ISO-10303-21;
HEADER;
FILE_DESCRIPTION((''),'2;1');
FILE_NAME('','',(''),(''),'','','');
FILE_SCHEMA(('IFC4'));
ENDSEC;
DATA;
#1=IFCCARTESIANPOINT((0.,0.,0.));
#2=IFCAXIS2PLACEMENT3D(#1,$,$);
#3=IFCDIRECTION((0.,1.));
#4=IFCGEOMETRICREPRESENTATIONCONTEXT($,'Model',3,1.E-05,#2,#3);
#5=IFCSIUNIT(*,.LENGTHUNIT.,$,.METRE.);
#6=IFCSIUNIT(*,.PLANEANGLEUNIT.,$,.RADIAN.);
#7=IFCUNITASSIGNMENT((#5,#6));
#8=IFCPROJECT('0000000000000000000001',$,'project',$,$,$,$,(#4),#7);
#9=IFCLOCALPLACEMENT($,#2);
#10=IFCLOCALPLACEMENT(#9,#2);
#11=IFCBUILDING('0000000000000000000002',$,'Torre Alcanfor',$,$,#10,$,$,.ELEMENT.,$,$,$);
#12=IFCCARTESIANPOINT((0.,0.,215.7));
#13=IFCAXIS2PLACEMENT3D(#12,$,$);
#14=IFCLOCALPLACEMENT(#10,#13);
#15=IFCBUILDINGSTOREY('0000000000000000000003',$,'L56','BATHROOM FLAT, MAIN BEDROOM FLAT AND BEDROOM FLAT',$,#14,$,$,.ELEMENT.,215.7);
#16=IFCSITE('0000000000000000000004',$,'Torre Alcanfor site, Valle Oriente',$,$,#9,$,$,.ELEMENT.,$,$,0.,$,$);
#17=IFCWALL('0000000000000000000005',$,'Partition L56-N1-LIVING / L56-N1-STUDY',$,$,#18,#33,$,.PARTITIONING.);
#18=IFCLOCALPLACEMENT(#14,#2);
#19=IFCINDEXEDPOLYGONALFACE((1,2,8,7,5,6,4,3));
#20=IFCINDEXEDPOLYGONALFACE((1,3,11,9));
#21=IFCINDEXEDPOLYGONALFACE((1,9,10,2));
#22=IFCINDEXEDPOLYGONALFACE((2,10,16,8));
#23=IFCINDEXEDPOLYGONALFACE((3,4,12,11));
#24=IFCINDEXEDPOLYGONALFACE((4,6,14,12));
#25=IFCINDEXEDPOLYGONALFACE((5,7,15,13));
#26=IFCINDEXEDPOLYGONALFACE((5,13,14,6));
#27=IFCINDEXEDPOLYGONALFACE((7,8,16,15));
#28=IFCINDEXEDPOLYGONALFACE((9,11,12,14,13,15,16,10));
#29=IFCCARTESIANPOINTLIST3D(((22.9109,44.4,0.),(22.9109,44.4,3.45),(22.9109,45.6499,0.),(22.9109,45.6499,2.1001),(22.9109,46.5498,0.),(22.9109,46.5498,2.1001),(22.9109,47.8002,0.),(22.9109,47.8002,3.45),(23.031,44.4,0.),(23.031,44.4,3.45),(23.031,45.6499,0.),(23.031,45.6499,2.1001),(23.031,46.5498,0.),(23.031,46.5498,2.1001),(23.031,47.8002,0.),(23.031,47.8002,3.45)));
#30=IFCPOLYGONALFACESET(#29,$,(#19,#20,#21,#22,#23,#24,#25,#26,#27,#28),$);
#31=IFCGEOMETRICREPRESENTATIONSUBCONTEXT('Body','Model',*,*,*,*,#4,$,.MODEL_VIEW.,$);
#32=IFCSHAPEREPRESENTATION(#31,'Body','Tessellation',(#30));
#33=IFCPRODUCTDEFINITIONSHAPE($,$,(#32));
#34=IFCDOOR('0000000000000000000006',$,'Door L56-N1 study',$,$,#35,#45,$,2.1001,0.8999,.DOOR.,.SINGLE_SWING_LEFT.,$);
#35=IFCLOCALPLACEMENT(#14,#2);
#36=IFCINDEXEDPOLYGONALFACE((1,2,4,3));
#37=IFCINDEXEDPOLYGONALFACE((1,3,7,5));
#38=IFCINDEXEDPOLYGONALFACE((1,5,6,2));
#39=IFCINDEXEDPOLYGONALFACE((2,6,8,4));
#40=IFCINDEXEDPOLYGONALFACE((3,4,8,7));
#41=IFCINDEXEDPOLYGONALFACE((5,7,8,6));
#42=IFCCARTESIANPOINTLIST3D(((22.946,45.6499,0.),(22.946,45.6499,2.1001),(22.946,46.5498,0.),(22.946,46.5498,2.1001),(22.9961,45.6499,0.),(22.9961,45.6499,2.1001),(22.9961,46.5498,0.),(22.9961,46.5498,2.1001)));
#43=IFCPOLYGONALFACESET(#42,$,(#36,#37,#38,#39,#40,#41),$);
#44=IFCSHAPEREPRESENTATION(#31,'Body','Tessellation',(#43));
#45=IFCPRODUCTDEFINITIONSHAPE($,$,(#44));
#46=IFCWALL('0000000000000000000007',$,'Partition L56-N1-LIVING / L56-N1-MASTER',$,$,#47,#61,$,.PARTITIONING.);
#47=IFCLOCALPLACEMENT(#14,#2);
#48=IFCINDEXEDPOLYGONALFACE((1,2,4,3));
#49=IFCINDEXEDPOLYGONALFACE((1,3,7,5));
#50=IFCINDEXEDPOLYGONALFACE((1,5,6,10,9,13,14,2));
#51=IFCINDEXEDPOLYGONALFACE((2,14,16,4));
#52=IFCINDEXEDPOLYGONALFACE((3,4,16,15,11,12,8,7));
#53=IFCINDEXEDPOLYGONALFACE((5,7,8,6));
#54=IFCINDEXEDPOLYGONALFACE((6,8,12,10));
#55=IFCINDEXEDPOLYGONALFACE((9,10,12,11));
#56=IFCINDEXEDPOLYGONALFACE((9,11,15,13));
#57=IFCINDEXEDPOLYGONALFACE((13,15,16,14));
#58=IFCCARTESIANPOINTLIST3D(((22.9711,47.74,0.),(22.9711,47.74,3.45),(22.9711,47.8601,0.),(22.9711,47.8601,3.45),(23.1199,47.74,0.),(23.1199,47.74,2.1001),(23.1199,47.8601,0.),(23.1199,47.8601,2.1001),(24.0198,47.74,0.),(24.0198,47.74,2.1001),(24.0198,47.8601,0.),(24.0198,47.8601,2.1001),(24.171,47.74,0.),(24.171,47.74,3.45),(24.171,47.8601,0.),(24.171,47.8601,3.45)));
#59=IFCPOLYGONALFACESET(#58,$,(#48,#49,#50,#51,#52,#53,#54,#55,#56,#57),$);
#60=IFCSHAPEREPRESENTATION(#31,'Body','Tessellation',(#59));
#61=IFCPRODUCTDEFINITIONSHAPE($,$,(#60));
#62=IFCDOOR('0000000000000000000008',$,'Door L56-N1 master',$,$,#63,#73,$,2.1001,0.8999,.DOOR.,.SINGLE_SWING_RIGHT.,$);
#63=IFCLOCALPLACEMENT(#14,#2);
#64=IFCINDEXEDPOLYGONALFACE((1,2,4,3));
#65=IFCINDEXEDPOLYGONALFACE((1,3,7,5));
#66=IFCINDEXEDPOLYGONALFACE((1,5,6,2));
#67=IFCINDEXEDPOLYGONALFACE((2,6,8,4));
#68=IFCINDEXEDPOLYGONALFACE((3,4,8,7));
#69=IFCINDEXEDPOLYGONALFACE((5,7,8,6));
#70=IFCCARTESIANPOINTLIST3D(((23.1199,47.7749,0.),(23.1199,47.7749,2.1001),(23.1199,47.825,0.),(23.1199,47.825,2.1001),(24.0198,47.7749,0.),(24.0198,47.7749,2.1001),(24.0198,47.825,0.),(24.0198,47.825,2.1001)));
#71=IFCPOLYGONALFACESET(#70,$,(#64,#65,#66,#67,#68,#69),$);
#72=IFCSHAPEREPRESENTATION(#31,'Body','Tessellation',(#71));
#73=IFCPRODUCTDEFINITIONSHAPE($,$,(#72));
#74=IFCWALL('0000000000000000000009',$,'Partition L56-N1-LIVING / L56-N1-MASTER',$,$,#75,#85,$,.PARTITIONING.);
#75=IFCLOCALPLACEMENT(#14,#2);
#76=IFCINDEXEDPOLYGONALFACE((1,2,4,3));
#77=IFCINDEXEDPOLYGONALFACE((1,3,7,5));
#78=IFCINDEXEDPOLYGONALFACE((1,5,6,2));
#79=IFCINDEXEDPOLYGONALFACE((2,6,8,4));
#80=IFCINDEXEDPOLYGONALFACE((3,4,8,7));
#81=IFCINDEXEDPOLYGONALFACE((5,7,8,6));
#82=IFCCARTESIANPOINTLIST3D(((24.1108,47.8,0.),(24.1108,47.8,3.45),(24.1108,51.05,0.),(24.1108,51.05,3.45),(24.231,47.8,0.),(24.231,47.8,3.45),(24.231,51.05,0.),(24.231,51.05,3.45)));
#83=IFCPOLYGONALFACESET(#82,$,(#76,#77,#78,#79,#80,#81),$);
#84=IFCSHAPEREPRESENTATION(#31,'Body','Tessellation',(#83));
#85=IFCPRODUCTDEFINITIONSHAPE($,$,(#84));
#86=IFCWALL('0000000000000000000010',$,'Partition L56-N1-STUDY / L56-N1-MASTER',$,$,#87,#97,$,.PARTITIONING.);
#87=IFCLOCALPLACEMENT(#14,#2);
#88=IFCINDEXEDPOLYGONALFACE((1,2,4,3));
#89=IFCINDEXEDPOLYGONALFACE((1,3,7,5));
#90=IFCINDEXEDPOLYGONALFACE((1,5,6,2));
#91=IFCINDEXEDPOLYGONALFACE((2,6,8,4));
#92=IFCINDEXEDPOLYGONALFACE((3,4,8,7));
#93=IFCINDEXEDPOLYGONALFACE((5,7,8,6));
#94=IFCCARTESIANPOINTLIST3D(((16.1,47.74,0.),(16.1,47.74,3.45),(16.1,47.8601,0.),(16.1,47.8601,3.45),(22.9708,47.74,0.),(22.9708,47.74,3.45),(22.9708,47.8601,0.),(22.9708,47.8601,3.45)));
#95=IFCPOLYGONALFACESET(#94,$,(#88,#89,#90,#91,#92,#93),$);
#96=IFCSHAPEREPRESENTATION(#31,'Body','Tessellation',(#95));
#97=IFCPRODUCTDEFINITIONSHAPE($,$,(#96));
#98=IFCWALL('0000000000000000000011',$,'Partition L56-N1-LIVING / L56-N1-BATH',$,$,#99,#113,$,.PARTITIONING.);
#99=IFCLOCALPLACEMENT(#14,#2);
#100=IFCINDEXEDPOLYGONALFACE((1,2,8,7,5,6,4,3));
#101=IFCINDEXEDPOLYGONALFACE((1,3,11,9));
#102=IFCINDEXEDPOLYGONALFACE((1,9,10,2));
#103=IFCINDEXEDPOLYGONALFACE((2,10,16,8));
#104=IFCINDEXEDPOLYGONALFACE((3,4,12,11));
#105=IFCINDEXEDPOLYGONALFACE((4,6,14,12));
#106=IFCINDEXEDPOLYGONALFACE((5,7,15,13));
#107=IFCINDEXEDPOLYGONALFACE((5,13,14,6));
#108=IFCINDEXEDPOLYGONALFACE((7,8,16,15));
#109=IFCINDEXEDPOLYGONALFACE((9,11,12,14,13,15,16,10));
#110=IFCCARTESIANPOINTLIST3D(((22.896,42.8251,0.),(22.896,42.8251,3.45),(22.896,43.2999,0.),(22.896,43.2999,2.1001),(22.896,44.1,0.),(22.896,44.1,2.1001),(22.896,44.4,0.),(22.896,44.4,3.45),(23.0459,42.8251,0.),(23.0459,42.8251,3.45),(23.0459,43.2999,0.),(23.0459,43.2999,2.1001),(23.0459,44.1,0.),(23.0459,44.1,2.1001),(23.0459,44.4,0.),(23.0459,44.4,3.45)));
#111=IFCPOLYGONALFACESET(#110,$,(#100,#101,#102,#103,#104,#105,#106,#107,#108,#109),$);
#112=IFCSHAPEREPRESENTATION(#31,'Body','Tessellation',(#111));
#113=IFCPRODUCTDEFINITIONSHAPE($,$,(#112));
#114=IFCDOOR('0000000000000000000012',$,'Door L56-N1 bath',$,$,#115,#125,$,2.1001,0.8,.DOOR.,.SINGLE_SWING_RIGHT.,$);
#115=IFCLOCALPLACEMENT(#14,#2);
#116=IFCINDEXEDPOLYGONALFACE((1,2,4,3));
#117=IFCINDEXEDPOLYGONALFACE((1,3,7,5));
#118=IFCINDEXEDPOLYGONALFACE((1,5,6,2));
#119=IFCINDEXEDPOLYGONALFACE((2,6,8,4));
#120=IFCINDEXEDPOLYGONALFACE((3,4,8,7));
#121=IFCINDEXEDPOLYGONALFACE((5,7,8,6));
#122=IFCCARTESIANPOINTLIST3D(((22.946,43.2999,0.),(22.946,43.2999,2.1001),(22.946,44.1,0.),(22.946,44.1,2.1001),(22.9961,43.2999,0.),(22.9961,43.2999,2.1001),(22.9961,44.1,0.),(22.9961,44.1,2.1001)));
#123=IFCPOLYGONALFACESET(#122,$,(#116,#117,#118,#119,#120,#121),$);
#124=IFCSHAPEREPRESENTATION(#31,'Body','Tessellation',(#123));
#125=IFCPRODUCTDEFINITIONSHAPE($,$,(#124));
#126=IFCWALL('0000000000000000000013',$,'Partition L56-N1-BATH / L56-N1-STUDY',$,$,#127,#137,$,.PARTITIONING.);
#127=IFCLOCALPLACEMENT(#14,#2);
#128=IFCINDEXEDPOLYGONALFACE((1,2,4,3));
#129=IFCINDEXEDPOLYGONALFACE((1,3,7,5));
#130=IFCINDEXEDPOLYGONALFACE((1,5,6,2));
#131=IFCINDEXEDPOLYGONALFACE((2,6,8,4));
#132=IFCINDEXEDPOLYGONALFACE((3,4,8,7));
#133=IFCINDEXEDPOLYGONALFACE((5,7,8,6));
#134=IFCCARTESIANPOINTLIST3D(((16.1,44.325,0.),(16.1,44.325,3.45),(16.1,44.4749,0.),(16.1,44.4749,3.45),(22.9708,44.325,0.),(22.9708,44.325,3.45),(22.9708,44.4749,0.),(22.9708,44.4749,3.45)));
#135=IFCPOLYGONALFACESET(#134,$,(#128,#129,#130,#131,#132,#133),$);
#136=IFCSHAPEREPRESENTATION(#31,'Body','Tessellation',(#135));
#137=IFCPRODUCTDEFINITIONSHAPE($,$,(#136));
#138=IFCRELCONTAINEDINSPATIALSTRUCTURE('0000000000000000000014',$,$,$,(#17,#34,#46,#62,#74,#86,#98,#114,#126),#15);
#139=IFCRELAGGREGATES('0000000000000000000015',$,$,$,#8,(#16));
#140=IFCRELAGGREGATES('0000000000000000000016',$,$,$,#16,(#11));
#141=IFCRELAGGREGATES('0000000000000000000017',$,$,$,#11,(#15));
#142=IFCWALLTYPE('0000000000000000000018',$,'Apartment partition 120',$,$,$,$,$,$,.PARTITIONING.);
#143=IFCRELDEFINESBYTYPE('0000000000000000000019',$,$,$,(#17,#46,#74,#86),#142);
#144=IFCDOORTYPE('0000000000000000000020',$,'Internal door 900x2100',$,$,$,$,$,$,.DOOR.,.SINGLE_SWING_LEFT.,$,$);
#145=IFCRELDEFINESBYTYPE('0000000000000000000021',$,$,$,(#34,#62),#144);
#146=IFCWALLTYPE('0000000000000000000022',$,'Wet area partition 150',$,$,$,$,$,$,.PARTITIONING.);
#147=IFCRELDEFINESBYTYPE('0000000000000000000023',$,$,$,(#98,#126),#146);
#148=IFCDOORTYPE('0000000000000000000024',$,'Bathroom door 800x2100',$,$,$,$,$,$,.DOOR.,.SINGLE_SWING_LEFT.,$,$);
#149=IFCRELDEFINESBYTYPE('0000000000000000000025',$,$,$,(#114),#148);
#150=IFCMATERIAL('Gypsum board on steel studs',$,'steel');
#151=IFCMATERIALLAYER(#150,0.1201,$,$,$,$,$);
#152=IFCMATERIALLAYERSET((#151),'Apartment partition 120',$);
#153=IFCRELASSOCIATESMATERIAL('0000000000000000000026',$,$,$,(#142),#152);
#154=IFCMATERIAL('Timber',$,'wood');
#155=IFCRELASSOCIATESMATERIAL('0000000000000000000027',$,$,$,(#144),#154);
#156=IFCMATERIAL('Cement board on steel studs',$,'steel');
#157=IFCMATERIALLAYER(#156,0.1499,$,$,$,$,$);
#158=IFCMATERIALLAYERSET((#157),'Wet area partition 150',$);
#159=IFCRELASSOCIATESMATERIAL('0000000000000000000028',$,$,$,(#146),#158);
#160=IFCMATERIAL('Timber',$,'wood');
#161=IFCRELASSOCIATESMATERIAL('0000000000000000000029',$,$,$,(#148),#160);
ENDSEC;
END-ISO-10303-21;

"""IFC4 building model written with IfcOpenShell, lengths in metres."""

from ifc_helpers import new_model, si_unit, direction, frame, frame_2d, origin, place, context, subcontext, project, spatial, rectangle, extrude, material, layer, layer_set, type_object, element, fill, save


model = new_model("IFC4")

# Units and contexts
model_context = context("Model", 3, precision=1e-05, world=origin(), true_north=direction((0.0, 1.0)))
body_context = subcontext(model_context, "Body", "Model", "MODEL_VIEW")
ifc_project = project(units=[si_unit("LENGTHUNIT", "METRE"), si_unit("PLANEANGLEUNIT", "RADIAN")], contexts=[model_context])

# Site, building, storey
site_placement = place(None, origin())
site = spatial("IfcSite", under=ifc_project, at=site_placement, Name="Torre Alcanfor site, Valle Oriente", CompositionType="ELEMENT", RefElevation=0.0)
building_placement = place(site_placement, origin())
building = spatial("IfcBuilding", under=site, at=building_placement, Name="Torre Alcanfor", CompositionType="ELEMENT")
storey_placement = place(building_placement, frame((0.0, 0.0, 215.7)))
storey = spatial("IfcBuildingStorey", under=building, at=storey_placement, Name="L56", Description="BATHROOM FLAT, MAIN BEDROOM FLAT AND BEDROOM FLAT", CompositionType="ELEMENT", Elevation=215.7)

# Shared definitions
ifc_material_1 = material(Name="Gypsum board on steel studs", Category="steel")
ifc_layer_1 = layer(ifc_material_1, 0.1201)
ifc_layer_set_1 = layer_set([ifc_layer_1], Name="Apartment partition 120")
wall_type_1 = type_object("IfcWallType", Name="Apartment partition 120", PredefinedType="PARTITIONING", material=ifc_layer_set_1)
ifc_material_2 = material(Name="Timber", Category="wood")
door_type_1 = type_object("IfcDoorType", Name="Internal door 900x2100", OperationType="SINGLE_SWING_LEFT", PredefinedType="DOOR", material=ifc_material_2)

# Walls, openings, doors
wall_1_placement = place(storey_placement, frame((22.9709, 44.3999, 0.0), z_axis=(0.0, 0.0, 1.0), x_axis=(0.0, 1.0, 0.0)))
wall_1 = element("IfcWall", 1, at=wall_1_placement, inside=storey, type_object=wall_type_1, Name="Partition L56-N1-LIVING / L56-N1-STUDY", PredefinedType="PARTITIONING", context=body_context, shape_type="SweptSolid", body=[
    extrude(rectangle(XDim=3.4001, YDim=0.1201, at=frame_2d((1.7002, 0.0))), origin(), (0.0, 0.0, 1.0), 3.45),
])
opening_1_placement = place(wall_1_placement, frame((1.25, 0.0, 0.0)))
opening_1 = element("IfcOpeningElement", 2, at=opening_1_placement, cuts=wall_1, PredefinedType="OPENING", context=body_context, shape_type="SweptSolid", body=[
    extrude(rectangle(XDim=0.8999, YDim=2.1001, at=frame_2d((0.45, 1.05))), frame((0.0, 0.0701, 0.0), z_axis=(0.0, -1.0, 0.0), x_axis=(1.0, 0.0, 0.0)), (0.0, 0.0, 1.0), 0.1401),
])
door_1_placement = place(opening_1_placement, origin())
door_1 = element("IfcDoor", 3, at=door_1_placement, inside=storey, type_object=door_type_1, Name="Door L56-N1 study", OperationType="SINGLE_SWING_LEFT", OverallHeight=2.1001, OverallWidth=0.8999, PredefinedType="DOOR", context=body_context, shape_type="SweptSolid", body=[
    extrude(rectangle(XDim=0.8999, YDim=2.1001, at=frame_2d((0.45, 1.05))), frame((0.0, 0.0249, 0.0), z_axis=(0.0, -1.0, 0.0), x_axis=(1.0, 0.0, 0.0)), (0.0, 0.0, 1.0), 0.05),
])
fill(opening_1, door_1)
wall_2_placement = place(storey_placement, frame((22.9709, 47.8, 0.0), z_axis=(0.0, 0.0, 1.0), x_axis=(1.0, 0.0, 0.0)))
wall_2 = element("IfcWall", 4, at=wall_2_placement, inside=storey, type_object=wall_type_1, Name="Partition L56-N1-LIVING / L56-N1-MASTER", PredefinedType="PARTITIONING", context=body_context, shape_type="SweptSolid", body=[
    extrude(rectangle(XDim=1.2, YDim=0.1201, at=frame_2d((0.6001, 0.0))), origin(), (0.0, 0.0, 1.0), 3.45),
])
opening_2_placement = place(wall_2_placement, frame((0.1489, 0.0, 0.0)))
opening_2 = element("IfcOpeningElement", 5, at=opening_2_placement, cuts=wall_2, PredefinedType="OPENING", context=body_context, shape_type="SweptSolid", body=[
    extrude(rectangle(XDim=0.8999, YDim=2.1001, at=frame_2d((0.45, 1.05))), frame((0.0, 0.0701, 0.0), z_axis=(0.0, -1.0, 0.0), x_axis=(1.0, 0.0, 0.0)), (0.0, 0.0, 1.0), 0.1401),
])
door_2_placement = place(opening_2_placement, origin())
door_2 = element("IfcDoor", 6, at=door_2_placement, inside=storey, type_object=door_type_1, Name="Door L56-N1 master", OperationType="SINGLE_SWING_RIGHT", OverallHeight=2.1001, OverallWidth=0.8999, PredefinedType="DOOR", context=body_context, shape_type="SweptSolid", body=[
    extrude(rectangle(XDim=0.8999, YDim=2.1001, at=frame_2d((0.45, 1.05))), frame((0.0, 0.0249, 0.0), z_axis=(0.0, -1.0, 0.0), x_axis=(1.0, 0.0, 0.0)), (0.0, 0.0, 1.0), 0.05),
])
fill(opening_2, door_2)

# Walls
wall_3_placement = place(storey_placement, frame((24.1709, 47.8, 0.0), z_axis=(0.0, 0.0, 1.0), x_axis=(0.0, 1.0, 0.0)))
element("IfcWall", 7, at=wall_3_placement, inside=storey, type_object=wall_type_1, Name="Partition L56-N1-LIVING / L56-N1-MASTER", PredefinedType="PARTITIONING", context=body_context, shape_type="SweptSolid", body=[
    extrude(rectangle(XDim=3.25, YDim=0.1201, at=frame_2d((1.625, 0.0))), origin(), (0.0, 0.0, 1.0), 3.45),
])
wall_4_placement = place(storey_placement, frame((22.9709, 47.8, 0.0), z_axis=(0.0, 0.0, 1.0), x_axis=(-1.0, 0.0, 0.0)))
element("IfcWall", 8, at=wall_4_placement, inside=storey, type_object=wall_type_1, Name="Partition L56-N1-STUDY / L56-N1-MASTER", PredefinedType="PARTITIONING", context=body_context, shape_type="SweptSolid", body=[
    extrude(rectangle(XDim=6.8708, YDim=0.1201, at=frame_2d((3.4355, 0.0))), origin(), (0.0, 0.0, 1.0), 3.45),
])

# Wall, opening, door
ifc_material_3 = material(Name="Cement board on steel studs", Category="steel")
ifc_layer_2 = layer(ifc_material_3, 0.1499)
ifc_layer_set_2 = layer_set([ifc_layer_2], Name="Wet area partition 150")
wall_type_2 = type_object("IfcWallType", Name="Wet area partition 150", PredefinedType="PARTITIONING", material=ifc_layer_set_2)
wall_5_placement = place(storey_placement, frame((22.9709, 42.825, 0.0), z_axis=(0.0, 0.0, 1.0), x_axis=(0.0, 1.0, 0.0)))
wall_5 = element("IfcWall", 9, at=wall_5_placement, inside=storey, type_object=wall_type_2, Name="Partition L56-N1-LIVING / L56-N1-BATH", PredefinedType="PARTITIONING", context=body_context, shape_type="SweptSolid", body=[
    extrude(rectangle(XDim=1.575, YDim=0.1499, at=frame_2d((0.7876, 0.0))), origin(), (0.0, 0.0, 1.0), 3.45),
])
opening_3_placement = place(wall_5_placement, frame((0.4751, 0.0, 0.0)))
opening_3 = element("IfcOpeningElement", 10, at=opening_3_placement, cuts=wall_5, PredefinedType="OPENING", context=body_context, shape_type="SweptSolid", body=[
    extrude(rectangle(XDim=0.8, YDim=2.1001, at=frame_2d((0.3999, 1.05))), frame((0.0, 0.085, 0.0), z_axis=(0.0, -1.0, 0.0), x_axis=(1.0, 0.0, 0.0)), (0.0, 0.0, 1.0), 0.1699),
])
ifc_material_4 = material(Name="Timber", Category="wood")
door_type_2 = type_object("IfcDoorType", Name="Bathroom door 800x2100", OperationType="SINGLE_SWING_LEFT", PredefinedType="DOOR", material=ifc_material_4)
door_3_placement = place(opening_3_placement, origin())
door_3 = element("IfcDoor", 11, at=door_3_placement, inside=storey, type_object=door_type_2, Name="Door L56-N1 bath", OperationType="SINGLE_SWING_RIGHT", OverallHeight=2.1001, OverallWidth=0.8, PredefinedType="DOOR", context=body_context, shape_type="SweptSolid", body=[
    extrude(rectangle(XDim=0.8, YDim=2.1001, at=frame_2d((0.3999, 1.05))), frame((0.0, 0.0249, 0.0), z_axis=(0.0, -1.0, 0.0), x_axis=(1.0, 0.0, 0.0)), (0.0, 0.0, 1.0), 0.05),
])
fill(opening_3, door_3)

# Wall
wall_6_placement = place(storey_placement, frame((22.9709, 44.3999, 0.0), z_axis=(0.0, 0.0, 1.0), x_axis=(-1.0, 0.0, 0.0)))
element("IfcWall", 12, at=wall_6_placement, inside=storey, type_object=wall_type_2, Name="Partition L56-N1-BATH / L56-N1-STUDY", PredefinedType="PARTITIONING", context=body_context, shape_type="SweptSolid", body=[
    extrude(rectangle(XDim=6.8708, YDim=0.1499, at=frame_2d((3.4355, 0.0))), origin(), (0.0, 0.0, 1.0), 3.45),
])

save(model, "model.ifc")
